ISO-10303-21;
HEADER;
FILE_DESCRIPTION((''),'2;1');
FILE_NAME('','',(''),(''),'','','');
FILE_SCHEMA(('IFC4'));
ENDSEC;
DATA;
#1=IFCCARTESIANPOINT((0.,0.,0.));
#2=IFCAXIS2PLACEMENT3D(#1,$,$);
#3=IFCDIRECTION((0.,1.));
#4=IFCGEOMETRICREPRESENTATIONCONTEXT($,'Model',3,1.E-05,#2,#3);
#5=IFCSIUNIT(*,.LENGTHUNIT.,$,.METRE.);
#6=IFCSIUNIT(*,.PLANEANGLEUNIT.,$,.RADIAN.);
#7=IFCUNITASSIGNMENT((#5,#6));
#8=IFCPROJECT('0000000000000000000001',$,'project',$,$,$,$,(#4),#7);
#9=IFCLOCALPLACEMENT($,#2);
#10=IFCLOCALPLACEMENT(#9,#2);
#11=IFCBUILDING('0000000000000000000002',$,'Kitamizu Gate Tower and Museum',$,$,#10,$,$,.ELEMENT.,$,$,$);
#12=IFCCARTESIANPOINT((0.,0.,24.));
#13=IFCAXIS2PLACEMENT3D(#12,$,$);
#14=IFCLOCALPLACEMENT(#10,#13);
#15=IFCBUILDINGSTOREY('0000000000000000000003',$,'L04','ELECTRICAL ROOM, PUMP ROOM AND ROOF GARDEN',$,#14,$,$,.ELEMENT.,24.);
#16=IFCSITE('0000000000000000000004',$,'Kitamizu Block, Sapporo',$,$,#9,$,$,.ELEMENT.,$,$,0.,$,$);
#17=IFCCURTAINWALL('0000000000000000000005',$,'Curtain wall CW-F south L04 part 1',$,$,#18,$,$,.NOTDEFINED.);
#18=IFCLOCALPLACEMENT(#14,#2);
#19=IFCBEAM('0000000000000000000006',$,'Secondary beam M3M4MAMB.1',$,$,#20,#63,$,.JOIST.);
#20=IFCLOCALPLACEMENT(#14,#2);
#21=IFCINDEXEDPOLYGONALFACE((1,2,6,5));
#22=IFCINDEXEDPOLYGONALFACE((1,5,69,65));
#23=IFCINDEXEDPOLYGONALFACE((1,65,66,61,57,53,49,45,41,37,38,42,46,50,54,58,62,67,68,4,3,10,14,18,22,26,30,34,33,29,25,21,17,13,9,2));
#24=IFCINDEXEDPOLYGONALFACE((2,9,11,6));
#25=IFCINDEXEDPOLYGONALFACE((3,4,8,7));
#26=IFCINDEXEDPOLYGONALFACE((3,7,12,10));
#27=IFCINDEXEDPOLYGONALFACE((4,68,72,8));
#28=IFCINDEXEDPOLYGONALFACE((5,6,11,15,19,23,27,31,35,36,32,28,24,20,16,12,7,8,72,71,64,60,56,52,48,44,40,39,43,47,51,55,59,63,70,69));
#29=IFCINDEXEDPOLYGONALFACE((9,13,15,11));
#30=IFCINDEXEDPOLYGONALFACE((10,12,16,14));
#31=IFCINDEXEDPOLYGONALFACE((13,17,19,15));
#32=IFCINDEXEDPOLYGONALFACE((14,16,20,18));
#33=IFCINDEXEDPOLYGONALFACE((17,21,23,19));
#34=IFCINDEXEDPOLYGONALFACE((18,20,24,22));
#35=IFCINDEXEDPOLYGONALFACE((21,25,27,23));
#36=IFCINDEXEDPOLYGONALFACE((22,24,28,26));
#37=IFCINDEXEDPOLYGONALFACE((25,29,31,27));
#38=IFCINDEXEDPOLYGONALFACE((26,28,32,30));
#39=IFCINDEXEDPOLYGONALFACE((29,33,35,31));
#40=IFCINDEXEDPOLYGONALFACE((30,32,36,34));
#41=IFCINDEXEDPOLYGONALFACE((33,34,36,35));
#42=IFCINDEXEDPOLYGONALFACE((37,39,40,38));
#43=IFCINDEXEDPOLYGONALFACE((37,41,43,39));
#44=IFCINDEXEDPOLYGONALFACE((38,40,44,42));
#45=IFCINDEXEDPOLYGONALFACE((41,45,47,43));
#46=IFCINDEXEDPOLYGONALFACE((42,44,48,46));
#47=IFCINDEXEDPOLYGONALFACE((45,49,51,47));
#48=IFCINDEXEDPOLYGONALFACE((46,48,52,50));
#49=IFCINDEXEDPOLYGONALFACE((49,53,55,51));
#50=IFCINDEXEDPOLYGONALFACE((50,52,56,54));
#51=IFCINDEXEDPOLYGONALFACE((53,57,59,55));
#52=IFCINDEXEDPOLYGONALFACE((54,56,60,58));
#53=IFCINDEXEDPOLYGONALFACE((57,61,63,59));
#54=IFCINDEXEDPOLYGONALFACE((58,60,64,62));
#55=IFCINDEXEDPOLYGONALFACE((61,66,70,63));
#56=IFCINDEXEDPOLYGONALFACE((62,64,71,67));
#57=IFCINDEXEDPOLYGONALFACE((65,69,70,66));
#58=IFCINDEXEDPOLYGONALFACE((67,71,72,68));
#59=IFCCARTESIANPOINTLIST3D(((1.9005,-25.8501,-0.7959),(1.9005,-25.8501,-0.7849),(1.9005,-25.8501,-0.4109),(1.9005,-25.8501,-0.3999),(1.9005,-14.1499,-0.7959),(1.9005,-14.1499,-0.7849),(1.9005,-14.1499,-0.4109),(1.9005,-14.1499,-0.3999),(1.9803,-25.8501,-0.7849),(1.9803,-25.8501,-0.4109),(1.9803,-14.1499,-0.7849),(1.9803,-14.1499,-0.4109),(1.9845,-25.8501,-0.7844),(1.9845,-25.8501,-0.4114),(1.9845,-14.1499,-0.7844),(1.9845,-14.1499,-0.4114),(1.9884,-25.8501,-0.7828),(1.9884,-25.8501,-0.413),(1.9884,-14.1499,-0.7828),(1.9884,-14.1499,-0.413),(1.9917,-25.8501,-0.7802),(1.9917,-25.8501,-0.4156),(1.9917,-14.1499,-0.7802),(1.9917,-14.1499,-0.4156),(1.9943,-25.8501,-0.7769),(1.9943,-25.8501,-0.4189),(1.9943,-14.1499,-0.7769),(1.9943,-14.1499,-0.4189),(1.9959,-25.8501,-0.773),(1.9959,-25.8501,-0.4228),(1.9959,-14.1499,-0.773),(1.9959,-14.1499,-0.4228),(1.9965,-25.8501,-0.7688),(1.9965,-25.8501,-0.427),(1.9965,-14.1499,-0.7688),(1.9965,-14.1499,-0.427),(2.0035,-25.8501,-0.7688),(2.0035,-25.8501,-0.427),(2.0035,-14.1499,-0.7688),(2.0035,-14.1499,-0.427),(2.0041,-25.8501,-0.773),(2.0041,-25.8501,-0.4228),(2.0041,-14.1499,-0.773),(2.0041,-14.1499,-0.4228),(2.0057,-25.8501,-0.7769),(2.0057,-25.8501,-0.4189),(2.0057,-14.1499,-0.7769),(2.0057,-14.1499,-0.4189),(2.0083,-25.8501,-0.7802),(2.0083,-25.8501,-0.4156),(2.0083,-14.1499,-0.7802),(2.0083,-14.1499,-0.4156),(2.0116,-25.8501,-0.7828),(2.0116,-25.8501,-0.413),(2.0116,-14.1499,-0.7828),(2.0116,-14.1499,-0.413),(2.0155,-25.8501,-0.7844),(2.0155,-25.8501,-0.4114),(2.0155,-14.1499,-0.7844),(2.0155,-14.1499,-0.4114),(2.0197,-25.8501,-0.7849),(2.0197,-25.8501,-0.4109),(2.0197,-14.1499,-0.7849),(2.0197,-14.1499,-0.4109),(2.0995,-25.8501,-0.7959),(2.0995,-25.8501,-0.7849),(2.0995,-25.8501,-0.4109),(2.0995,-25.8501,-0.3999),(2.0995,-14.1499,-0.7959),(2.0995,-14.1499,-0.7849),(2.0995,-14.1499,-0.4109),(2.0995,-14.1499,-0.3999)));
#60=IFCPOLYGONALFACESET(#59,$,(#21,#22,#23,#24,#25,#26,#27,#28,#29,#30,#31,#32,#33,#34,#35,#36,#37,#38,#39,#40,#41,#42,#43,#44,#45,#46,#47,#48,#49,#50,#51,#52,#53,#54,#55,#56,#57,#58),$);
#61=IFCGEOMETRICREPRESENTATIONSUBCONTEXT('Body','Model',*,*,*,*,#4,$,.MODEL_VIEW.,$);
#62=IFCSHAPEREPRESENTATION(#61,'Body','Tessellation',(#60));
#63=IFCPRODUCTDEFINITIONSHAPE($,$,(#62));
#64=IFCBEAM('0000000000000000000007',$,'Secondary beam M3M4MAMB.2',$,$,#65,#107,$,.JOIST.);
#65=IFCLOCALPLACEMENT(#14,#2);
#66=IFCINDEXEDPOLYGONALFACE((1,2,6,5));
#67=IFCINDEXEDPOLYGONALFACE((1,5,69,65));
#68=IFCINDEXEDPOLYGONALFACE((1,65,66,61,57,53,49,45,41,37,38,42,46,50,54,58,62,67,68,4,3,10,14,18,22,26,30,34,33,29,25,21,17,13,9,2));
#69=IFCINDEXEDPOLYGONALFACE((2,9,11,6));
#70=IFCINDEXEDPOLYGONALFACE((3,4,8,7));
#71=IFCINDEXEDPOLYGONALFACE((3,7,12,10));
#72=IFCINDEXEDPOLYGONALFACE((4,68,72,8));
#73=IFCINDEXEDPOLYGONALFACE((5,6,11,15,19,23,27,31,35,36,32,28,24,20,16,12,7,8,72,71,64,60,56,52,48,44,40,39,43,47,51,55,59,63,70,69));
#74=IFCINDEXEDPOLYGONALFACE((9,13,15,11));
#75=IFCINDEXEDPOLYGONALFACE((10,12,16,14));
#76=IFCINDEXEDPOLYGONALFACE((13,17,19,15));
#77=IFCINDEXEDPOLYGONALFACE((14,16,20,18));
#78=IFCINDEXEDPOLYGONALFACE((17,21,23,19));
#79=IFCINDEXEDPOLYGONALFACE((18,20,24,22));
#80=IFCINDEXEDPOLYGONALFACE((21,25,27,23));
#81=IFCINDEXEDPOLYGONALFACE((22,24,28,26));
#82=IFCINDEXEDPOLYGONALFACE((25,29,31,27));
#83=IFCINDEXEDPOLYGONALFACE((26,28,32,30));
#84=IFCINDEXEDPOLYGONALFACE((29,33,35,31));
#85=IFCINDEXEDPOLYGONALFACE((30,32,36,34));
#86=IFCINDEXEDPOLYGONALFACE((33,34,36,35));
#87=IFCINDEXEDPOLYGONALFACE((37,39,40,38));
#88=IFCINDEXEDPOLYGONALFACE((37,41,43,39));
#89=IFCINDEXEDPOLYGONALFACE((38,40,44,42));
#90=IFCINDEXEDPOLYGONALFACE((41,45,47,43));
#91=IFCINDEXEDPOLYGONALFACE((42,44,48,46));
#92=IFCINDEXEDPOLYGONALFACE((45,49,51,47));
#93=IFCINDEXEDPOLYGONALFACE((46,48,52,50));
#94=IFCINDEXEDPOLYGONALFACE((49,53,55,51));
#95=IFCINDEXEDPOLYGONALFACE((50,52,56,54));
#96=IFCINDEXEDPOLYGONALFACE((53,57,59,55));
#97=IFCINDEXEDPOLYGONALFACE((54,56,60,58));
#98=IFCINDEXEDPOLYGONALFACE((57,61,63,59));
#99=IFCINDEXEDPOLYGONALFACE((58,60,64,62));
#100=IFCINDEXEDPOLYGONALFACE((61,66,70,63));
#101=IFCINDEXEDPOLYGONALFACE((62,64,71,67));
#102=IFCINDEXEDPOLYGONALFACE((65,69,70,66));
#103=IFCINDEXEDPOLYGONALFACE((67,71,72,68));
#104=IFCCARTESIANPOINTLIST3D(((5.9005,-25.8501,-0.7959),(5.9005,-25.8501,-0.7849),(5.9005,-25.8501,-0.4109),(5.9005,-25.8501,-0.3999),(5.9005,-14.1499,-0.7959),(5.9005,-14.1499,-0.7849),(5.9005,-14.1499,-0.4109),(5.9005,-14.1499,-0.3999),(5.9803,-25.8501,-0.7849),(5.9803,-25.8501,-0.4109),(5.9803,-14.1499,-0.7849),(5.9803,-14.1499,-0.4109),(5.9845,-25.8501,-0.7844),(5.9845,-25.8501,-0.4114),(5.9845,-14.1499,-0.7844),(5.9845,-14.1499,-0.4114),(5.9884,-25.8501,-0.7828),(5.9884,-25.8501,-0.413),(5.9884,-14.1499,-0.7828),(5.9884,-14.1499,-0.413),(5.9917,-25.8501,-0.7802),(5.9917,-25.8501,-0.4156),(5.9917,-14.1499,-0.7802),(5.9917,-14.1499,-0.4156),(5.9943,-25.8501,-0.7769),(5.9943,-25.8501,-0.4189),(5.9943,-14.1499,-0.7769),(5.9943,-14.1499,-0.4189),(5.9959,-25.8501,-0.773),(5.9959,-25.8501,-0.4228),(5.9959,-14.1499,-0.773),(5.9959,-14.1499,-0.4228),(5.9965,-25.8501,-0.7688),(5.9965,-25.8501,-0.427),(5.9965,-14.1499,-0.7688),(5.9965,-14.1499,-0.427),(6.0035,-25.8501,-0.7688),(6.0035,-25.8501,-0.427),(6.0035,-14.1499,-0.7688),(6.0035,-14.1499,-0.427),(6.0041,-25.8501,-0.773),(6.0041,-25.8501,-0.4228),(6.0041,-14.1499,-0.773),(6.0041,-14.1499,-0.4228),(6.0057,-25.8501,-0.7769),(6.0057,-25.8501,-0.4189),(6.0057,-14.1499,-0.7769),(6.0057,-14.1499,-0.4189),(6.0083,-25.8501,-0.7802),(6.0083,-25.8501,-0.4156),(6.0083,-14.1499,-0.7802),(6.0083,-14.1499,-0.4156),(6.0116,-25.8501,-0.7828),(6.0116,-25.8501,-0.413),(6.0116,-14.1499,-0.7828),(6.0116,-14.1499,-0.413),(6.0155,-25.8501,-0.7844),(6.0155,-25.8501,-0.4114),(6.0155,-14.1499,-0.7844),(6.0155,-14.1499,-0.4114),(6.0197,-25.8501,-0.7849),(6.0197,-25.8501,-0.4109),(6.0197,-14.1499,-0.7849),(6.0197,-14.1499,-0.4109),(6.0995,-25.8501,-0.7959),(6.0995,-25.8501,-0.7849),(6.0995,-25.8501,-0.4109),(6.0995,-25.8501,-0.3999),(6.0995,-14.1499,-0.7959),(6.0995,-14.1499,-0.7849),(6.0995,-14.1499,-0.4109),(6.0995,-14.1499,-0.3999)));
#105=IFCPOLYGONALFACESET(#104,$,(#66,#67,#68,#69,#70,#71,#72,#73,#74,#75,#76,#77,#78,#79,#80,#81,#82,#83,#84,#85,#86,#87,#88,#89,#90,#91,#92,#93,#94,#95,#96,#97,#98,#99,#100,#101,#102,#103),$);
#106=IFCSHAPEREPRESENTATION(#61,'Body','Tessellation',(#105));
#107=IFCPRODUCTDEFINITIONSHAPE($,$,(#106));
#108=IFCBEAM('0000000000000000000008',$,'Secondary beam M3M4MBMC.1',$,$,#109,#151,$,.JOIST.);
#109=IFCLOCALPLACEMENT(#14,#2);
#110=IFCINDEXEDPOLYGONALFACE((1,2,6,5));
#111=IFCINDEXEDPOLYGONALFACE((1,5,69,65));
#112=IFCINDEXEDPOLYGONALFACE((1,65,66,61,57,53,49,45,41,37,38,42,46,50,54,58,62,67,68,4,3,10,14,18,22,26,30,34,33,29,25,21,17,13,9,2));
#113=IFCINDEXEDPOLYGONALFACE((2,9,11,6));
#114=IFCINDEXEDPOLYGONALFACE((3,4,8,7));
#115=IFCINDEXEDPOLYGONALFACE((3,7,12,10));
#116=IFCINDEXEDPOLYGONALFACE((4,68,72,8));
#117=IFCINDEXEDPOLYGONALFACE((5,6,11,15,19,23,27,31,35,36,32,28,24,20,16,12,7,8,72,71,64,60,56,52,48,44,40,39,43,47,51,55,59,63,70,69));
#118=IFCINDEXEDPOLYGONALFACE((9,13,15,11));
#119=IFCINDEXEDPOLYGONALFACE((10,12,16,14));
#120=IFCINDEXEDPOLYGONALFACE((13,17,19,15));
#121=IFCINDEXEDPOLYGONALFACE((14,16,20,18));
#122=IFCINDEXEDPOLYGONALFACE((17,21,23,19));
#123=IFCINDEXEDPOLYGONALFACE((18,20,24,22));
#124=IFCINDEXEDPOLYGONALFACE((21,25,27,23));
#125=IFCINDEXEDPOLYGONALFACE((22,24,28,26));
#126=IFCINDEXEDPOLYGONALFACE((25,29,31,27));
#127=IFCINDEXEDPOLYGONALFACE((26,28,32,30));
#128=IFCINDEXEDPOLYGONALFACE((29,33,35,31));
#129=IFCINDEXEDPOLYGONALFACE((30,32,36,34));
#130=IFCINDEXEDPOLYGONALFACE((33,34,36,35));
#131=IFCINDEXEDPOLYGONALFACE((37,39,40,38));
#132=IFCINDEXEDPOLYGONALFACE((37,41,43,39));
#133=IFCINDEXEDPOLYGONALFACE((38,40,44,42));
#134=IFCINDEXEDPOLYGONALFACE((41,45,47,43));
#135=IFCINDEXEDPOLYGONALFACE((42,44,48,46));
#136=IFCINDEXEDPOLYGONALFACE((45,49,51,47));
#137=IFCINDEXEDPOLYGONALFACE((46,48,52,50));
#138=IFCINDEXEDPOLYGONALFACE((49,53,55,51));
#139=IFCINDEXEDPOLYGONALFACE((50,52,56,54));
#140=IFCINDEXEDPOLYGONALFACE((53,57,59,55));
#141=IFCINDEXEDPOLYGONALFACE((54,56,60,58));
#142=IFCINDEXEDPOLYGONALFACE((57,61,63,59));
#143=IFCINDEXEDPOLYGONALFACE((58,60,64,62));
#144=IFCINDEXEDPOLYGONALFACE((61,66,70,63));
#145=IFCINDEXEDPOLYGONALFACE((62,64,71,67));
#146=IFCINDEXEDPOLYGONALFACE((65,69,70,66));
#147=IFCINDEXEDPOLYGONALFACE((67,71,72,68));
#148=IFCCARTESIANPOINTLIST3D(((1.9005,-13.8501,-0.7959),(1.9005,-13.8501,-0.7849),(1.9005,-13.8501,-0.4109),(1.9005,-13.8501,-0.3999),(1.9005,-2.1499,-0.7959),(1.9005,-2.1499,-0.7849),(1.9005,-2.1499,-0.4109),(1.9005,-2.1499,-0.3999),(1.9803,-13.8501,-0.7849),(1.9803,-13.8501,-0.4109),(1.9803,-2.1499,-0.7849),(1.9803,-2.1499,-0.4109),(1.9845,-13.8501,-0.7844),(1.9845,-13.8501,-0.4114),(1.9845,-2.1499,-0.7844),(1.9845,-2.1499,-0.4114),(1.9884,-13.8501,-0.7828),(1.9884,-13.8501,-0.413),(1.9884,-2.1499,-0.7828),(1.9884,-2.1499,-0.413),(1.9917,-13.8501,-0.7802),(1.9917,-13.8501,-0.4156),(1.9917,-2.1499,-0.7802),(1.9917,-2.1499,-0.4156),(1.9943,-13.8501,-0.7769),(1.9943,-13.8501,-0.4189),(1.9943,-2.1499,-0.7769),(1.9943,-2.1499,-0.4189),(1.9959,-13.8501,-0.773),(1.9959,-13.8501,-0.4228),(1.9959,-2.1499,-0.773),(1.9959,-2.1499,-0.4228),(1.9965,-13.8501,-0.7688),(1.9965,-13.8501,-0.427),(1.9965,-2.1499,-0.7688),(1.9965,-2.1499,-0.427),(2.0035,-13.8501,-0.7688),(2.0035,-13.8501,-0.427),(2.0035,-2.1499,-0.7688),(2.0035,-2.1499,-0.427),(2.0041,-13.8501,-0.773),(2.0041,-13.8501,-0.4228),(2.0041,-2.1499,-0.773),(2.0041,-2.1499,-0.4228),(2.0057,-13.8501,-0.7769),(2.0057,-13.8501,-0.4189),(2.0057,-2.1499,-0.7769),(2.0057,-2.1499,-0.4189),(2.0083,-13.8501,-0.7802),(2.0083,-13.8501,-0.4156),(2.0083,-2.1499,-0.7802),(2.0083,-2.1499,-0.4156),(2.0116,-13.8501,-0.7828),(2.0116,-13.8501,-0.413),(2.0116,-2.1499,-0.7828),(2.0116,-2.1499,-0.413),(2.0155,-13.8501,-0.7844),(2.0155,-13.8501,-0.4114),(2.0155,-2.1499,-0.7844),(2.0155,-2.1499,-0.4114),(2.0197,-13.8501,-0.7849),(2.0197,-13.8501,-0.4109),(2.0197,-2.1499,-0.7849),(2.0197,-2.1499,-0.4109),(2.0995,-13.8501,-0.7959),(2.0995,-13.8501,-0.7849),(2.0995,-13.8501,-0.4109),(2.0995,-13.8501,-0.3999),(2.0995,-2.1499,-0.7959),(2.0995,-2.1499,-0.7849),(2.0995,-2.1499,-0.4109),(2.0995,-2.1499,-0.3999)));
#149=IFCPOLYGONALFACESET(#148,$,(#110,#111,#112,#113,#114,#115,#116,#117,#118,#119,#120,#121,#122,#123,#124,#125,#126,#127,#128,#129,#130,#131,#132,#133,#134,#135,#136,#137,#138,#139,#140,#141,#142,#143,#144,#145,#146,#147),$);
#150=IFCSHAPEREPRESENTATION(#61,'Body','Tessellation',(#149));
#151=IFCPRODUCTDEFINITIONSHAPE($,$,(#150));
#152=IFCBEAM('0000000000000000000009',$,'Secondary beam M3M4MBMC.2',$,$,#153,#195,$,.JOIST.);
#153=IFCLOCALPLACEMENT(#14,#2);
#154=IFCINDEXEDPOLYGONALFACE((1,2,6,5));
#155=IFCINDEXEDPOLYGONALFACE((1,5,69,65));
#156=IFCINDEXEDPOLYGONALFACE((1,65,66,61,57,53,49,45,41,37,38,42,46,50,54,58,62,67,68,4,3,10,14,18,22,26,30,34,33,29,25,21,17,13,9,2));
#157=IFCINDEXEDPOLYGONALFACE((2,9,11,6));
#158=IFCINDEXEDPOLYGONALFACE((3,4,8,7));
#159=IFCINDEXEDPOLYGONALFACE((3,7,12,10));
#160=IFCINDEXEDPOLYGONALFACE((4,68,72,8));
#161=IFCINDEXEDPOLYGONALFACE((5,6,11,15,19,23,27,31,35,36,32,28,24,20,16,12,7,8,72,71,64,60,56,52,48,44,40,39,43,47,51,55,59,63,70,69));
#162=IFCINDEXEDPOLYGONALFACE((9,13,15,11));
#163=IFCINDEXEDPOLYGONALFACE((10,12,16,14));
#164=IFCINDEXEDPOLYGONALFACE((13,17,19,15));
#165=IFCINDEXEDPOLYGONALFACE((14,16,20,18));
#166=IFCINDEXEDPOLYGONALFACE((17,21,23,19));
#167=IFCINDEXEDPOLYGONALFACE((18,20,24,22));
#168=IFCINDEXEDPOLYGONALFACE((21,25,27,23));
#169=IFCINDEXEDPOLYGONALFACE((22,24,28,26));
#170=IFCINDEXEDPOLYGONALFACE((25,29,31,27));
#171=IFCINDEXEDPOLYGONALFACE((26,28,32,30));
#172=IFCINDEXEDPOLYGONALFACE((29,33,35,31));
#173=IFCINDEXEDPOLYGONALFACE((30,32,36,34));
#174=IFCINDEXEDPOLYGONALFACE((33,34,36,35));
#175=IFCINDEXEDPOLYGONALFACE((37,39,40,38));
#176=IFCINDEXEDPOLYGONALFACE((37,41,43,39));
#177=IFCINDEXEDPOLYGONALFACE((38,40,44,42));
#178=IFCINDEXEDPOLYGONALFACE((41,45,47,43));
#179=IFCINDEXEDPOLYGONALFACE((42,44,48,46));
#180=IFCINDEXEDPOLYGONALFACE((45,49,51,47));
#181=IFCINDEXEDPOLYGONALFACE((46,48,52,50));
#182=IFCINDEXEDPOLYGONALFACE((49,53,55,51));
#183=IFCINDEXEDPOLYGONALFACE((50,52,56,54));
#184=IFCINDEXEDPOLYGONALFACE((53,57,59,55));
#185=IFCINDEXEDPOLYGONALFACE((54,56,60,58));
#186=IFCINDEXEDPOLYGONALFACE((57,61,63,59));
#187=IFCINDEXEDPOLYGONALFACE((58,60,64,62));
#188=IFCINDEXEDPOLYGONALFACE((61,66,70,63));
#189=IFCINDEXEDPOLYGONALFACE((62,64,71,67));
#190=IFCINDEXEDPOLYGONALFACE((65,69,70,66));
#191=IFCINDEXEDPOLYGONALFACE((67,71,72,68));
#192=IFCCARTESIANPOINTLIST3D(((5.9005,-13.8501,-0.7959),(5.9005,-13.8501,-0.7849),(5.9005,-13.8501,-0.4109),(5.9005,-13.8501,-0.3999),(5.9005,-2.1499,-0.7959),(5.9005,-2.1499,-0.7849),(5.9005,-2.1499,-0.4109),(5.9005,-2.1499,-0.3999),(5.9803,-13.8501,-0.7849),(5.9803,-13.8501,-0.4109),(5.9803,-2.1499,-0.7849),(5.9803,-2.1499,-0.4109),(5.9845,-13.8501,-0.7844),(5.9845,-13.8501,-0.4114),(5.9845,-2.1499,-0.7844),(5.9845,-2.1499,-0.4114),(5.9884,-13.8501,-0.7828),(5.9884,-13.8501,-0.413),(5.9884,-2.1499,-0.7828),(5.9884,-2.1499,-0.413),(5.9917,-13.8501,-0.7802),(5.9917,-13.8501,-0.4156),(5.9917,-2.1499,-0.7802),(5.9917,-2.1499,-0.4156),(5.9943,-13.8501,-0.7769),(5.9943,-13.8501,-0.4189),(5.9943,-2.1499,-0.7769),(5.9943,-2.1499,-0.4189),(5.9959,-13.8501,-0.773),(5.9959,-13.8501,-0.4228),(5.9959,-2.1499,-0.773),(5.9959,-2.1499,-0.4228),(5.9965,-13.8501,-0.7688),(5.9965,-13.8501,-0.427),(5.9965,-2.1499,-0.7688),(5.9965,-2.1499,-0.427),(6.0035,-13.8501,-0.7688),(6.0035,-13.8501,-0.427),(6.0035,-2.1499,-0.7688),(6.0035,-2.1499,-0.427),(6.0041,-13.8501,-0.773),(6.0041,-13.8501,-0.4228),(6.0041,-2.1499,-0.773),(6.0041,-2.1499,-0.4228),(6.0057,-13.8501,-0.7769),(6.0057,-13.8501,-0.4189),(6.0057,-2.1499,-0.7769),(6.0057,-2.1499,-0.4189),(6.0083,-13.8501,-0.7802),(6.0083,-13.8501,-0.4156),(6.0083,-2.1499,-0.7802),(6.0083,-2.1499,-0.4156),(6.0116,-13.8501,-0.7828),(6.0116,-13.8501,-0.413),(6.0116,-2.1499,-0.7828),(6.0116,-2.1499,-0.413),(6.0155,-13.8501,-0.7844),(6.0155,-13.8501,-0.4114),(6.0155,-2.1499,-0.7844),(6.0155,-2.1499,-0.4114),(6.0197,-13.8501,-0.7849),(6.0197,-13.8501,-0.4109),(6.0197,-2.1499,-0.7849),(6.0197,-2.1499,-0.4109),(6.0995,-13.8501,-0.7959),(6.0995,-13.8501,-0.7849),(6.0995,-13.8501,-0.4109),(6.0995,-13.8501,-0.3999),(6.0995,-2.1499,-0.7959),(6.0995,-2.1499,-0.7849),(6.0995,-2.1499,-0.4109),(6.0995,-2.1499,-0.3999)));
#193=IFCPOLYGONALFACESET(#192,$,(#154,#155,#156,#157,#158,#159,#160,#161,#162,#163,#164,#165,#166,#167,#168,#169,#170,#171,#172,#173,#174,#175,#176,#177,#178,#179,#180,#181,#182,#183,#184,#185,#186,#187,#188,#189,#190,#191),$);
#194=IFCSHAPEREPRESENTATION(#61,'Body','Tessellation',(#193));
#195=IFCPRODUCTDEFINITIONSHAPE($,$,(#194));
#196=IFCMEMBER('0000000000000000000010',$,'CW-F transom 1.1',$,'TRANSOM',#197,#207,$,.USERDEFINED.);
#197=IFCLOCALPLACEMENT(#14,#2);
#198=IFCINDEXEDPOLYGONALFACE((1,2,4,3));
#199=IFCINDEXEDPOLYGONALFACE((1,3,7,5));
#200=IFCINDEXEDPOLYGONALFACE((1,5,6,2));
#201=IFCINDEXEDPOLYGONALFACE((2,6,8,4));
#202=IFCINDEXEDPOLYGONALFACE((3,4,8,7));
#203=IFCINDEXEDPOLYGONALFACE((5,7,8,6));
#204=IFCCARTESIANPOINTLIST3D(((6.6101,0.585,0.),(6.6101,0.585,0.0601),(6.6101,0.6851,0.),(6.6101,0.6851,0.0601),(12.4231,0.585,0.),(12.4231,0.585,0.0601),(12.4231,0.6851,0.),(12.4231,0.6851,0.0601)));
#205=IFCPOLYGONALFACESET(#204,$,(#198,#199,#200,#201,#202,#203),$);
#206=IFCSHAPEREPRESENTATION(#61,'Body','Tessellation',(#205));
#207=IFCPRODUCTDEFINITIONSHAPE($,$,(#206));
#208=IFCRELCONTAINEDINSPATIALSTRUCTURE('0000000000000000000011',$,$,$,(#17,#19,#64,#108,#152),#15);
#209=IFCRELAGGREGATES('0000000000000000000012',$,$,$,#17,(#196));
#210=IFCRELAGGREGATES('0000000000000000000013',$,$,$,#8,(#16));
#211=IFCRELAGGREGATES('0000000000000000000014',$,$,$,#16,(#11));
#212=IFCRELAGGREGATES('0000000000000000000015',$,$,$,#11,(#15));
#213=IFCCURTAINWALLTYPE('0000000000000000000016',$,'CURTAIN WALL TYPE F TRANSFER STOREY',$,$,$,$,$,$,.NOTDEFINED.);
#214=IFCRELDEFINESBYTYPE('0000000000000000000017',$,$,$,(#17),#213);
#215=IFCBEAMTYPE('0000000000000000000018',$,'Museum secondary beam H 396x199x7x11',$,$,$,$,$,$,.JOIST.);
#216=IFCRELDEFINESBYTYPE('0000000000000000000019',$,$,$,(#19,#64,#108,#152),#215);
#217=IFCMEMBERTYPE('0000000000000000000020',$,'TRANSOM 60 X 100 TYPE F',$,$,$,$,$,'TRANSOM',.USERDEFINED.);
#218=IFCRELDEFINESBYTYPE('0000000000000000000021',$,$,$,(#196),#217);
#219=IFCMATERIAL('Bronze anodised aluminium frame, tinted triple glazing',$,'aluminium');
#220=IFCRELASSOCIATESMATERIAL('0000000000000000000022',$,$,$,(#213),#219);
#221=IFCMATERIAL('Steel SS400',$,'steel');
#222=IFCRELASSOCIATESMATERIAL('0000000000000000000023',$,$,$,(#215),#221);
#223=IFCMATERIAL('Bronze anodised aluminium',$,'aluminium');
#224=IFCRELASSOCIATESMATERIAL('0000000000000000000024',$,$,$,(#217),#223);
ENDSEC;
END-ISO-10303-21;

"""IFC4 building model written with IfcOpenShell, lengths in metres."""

from ifc_helpers import new_model, si_unit, direction, frame, origin, origin_2d, place, context, subcontext, project, spatial, rectangle, i_section, extrude, material, material_profile, profile_set, type_object, element, aggregate, save


model = new_model("IFC4")

# Units and contexts
model_context = context("Model", 3, precision=1e-05, world=origin(), true_north=direction((0.0, 1.0)))
body_context = subcontext(model_context, "Body", "Model", "MODEL_VIEW")
ifc_project = project(units=[si_unit("LENGTHUNIT", "METRE"), si_unit("PLANEANGLEUNIT", "RADIAN")], contexts=[model_context])

# Site, building, storey
site_placement = place(None, origin())
site = spatial("IfcSite", under=ifc_project, at=site_placement, Name="Kitamizu Block, Sapporo", CompositionType="ELEMENT", RefElevation=0.0)
building_placement = place(site_placement, origin())
building = spatial("IfcBuilding", under=site, at=building_placement, Name="Kitamizu Gate Tower and Museum", CompositionType="ELEMENT")
storey_placement = place(building_placement, frame((0.0, 0.0, 24.0)))
storey = spatial("IfcBuildingStorey", under=building, at=storey_placement, Name="L04", Description="ELECTRICAL ROOM, PUMP ROOM AND ROOF GARDEN", CompositionType="ELEMENT", Elevation=24.0)

# Curtain wall
ifc_material_1 = material(Name="Bronze anodised aluminium frame, tinted triple glazing", Category="aluminium")
curtain_wall_type = type_object("IfcCurtainWallType", Name="CURTAIN WALL TYPE F TRANSFER STOREY", PredefinedType="NOTDEFINED", material=ifc_material_1)
curtain_wall_placement = place(storey_placement, origin())
curtain_wall = element("IfcCurtainWall", 1, at=curtain_wall_placement, inside=storey, type_object=curtain_wall_type, Name="Curtain wall CW-F south L04 part 1", PredefinedType="NOTDEFINED")

# Beams
ifc_material_2 = material(Name="Steel SS400", Category="steel")
ifc_material_profile_1 = material_profile(ifc_material_2, i_section(OverallWidth=0.199, OverallDepth=0.396, WebThickness=0.0071, FlangeThickness=0.011, FilletRadius=0.0161, at=origin_2d()), Name="H-396x199x7x11")
ifc_profile_set_1 = profile_set([ifc_material_profile_1], Name="Steel SS400")
beam_type_1 = type_object("IfcBeamType", Name="Museum secondary beam H 396x199x7x11", PredefinedType="JOIST", material=ifc_profile_set_1)
for number, where, z_axis, x_axis, name in (
    (2, (2.0, -25.8501, -0.5979), (0.0, 1.0, 0.0), (-1.0, 0.0, 0.0), "Secondary beam M3M4MAMB.1"),
    (3, (6.0, -25.8501, -0.5979), (0.0, 1.0, 0.0), (-1.0, 0.0, 0.0), "Secondary beam M3M4MAMB.2"),
    (4, (2.0, -13.8501, -0.5979), (0.0, 1.0, 0.0), (-1.0, 0.0, 0.0), "Secondary beam M3M4MBMC.1"),
    (5, (6.0, -13.8501, -0.5979), (0.0, 1.0, 0.0), (-1.0, 0.0, 0.0), "Secondary beam M3M4MBMC.2"),
):
    element("IfcBeam", number, at=place(storey_placement, frame(where, z_axis=z_axis, x_axis=x_axis)), inside=storey, type_object=beam_type_1, Name=name, PredefinedType="JOIST", context=body_context, shape_type="SweptSolid", body=[
        extrude(i_section(OverallWidth=0.199, OverallDepth=0.396, WebThickness=0.0071, FlangeThickness=0.011, FilletRadius=0.0161, at=origin_2d()), origin(), (0.0, 0.0, 1.0), 11.7002),
    ])

# Member
ifc_material_3 = material(Name="Bronze anodised aluminium", Category="aluminium")
ifc_material_profile_2 = material_profile(ifc_material_3, rectangle(XDim=0.1001, YDim=0.0601, at=origin_2d()), Name="AL 60X100")
ifc_profile_set_2 = profile_set([ifc_material_profile_2], Name="Bronze anodised aluminium")
member_type_1 = type_object("IfcMemberType", Name="TRANSOM 60 X 100 TYPE F", ElementType="TRANSOM", PredefinedType="USERDEFINED", material=ifc_profile_set_2)
member_1_placement = place(storey_placement, frame((6.6101, 0.635, 0.03), z_axis=(1.0, 0.0, 0.0), x_axis=(0.0, 1.0, 0.0)))
member_1 = element("IfcMember", 6, at=member_1_placement, type_object=member_type_1, Name="CW-F transom 1.1", ObjectType="TRANSOM", PredefinedType="USERDEFINED", context=body_context, shape_type="SweptSolid", body=[
    extrude(rectangle(XDim=0.1001, YDim=0.0601, at=origin_2d()), origin(), (0.0, 0.0, 1.0), 5.813),
])

aggregate(curtain_wall, [member_1])

save(model, "model.ifc")
